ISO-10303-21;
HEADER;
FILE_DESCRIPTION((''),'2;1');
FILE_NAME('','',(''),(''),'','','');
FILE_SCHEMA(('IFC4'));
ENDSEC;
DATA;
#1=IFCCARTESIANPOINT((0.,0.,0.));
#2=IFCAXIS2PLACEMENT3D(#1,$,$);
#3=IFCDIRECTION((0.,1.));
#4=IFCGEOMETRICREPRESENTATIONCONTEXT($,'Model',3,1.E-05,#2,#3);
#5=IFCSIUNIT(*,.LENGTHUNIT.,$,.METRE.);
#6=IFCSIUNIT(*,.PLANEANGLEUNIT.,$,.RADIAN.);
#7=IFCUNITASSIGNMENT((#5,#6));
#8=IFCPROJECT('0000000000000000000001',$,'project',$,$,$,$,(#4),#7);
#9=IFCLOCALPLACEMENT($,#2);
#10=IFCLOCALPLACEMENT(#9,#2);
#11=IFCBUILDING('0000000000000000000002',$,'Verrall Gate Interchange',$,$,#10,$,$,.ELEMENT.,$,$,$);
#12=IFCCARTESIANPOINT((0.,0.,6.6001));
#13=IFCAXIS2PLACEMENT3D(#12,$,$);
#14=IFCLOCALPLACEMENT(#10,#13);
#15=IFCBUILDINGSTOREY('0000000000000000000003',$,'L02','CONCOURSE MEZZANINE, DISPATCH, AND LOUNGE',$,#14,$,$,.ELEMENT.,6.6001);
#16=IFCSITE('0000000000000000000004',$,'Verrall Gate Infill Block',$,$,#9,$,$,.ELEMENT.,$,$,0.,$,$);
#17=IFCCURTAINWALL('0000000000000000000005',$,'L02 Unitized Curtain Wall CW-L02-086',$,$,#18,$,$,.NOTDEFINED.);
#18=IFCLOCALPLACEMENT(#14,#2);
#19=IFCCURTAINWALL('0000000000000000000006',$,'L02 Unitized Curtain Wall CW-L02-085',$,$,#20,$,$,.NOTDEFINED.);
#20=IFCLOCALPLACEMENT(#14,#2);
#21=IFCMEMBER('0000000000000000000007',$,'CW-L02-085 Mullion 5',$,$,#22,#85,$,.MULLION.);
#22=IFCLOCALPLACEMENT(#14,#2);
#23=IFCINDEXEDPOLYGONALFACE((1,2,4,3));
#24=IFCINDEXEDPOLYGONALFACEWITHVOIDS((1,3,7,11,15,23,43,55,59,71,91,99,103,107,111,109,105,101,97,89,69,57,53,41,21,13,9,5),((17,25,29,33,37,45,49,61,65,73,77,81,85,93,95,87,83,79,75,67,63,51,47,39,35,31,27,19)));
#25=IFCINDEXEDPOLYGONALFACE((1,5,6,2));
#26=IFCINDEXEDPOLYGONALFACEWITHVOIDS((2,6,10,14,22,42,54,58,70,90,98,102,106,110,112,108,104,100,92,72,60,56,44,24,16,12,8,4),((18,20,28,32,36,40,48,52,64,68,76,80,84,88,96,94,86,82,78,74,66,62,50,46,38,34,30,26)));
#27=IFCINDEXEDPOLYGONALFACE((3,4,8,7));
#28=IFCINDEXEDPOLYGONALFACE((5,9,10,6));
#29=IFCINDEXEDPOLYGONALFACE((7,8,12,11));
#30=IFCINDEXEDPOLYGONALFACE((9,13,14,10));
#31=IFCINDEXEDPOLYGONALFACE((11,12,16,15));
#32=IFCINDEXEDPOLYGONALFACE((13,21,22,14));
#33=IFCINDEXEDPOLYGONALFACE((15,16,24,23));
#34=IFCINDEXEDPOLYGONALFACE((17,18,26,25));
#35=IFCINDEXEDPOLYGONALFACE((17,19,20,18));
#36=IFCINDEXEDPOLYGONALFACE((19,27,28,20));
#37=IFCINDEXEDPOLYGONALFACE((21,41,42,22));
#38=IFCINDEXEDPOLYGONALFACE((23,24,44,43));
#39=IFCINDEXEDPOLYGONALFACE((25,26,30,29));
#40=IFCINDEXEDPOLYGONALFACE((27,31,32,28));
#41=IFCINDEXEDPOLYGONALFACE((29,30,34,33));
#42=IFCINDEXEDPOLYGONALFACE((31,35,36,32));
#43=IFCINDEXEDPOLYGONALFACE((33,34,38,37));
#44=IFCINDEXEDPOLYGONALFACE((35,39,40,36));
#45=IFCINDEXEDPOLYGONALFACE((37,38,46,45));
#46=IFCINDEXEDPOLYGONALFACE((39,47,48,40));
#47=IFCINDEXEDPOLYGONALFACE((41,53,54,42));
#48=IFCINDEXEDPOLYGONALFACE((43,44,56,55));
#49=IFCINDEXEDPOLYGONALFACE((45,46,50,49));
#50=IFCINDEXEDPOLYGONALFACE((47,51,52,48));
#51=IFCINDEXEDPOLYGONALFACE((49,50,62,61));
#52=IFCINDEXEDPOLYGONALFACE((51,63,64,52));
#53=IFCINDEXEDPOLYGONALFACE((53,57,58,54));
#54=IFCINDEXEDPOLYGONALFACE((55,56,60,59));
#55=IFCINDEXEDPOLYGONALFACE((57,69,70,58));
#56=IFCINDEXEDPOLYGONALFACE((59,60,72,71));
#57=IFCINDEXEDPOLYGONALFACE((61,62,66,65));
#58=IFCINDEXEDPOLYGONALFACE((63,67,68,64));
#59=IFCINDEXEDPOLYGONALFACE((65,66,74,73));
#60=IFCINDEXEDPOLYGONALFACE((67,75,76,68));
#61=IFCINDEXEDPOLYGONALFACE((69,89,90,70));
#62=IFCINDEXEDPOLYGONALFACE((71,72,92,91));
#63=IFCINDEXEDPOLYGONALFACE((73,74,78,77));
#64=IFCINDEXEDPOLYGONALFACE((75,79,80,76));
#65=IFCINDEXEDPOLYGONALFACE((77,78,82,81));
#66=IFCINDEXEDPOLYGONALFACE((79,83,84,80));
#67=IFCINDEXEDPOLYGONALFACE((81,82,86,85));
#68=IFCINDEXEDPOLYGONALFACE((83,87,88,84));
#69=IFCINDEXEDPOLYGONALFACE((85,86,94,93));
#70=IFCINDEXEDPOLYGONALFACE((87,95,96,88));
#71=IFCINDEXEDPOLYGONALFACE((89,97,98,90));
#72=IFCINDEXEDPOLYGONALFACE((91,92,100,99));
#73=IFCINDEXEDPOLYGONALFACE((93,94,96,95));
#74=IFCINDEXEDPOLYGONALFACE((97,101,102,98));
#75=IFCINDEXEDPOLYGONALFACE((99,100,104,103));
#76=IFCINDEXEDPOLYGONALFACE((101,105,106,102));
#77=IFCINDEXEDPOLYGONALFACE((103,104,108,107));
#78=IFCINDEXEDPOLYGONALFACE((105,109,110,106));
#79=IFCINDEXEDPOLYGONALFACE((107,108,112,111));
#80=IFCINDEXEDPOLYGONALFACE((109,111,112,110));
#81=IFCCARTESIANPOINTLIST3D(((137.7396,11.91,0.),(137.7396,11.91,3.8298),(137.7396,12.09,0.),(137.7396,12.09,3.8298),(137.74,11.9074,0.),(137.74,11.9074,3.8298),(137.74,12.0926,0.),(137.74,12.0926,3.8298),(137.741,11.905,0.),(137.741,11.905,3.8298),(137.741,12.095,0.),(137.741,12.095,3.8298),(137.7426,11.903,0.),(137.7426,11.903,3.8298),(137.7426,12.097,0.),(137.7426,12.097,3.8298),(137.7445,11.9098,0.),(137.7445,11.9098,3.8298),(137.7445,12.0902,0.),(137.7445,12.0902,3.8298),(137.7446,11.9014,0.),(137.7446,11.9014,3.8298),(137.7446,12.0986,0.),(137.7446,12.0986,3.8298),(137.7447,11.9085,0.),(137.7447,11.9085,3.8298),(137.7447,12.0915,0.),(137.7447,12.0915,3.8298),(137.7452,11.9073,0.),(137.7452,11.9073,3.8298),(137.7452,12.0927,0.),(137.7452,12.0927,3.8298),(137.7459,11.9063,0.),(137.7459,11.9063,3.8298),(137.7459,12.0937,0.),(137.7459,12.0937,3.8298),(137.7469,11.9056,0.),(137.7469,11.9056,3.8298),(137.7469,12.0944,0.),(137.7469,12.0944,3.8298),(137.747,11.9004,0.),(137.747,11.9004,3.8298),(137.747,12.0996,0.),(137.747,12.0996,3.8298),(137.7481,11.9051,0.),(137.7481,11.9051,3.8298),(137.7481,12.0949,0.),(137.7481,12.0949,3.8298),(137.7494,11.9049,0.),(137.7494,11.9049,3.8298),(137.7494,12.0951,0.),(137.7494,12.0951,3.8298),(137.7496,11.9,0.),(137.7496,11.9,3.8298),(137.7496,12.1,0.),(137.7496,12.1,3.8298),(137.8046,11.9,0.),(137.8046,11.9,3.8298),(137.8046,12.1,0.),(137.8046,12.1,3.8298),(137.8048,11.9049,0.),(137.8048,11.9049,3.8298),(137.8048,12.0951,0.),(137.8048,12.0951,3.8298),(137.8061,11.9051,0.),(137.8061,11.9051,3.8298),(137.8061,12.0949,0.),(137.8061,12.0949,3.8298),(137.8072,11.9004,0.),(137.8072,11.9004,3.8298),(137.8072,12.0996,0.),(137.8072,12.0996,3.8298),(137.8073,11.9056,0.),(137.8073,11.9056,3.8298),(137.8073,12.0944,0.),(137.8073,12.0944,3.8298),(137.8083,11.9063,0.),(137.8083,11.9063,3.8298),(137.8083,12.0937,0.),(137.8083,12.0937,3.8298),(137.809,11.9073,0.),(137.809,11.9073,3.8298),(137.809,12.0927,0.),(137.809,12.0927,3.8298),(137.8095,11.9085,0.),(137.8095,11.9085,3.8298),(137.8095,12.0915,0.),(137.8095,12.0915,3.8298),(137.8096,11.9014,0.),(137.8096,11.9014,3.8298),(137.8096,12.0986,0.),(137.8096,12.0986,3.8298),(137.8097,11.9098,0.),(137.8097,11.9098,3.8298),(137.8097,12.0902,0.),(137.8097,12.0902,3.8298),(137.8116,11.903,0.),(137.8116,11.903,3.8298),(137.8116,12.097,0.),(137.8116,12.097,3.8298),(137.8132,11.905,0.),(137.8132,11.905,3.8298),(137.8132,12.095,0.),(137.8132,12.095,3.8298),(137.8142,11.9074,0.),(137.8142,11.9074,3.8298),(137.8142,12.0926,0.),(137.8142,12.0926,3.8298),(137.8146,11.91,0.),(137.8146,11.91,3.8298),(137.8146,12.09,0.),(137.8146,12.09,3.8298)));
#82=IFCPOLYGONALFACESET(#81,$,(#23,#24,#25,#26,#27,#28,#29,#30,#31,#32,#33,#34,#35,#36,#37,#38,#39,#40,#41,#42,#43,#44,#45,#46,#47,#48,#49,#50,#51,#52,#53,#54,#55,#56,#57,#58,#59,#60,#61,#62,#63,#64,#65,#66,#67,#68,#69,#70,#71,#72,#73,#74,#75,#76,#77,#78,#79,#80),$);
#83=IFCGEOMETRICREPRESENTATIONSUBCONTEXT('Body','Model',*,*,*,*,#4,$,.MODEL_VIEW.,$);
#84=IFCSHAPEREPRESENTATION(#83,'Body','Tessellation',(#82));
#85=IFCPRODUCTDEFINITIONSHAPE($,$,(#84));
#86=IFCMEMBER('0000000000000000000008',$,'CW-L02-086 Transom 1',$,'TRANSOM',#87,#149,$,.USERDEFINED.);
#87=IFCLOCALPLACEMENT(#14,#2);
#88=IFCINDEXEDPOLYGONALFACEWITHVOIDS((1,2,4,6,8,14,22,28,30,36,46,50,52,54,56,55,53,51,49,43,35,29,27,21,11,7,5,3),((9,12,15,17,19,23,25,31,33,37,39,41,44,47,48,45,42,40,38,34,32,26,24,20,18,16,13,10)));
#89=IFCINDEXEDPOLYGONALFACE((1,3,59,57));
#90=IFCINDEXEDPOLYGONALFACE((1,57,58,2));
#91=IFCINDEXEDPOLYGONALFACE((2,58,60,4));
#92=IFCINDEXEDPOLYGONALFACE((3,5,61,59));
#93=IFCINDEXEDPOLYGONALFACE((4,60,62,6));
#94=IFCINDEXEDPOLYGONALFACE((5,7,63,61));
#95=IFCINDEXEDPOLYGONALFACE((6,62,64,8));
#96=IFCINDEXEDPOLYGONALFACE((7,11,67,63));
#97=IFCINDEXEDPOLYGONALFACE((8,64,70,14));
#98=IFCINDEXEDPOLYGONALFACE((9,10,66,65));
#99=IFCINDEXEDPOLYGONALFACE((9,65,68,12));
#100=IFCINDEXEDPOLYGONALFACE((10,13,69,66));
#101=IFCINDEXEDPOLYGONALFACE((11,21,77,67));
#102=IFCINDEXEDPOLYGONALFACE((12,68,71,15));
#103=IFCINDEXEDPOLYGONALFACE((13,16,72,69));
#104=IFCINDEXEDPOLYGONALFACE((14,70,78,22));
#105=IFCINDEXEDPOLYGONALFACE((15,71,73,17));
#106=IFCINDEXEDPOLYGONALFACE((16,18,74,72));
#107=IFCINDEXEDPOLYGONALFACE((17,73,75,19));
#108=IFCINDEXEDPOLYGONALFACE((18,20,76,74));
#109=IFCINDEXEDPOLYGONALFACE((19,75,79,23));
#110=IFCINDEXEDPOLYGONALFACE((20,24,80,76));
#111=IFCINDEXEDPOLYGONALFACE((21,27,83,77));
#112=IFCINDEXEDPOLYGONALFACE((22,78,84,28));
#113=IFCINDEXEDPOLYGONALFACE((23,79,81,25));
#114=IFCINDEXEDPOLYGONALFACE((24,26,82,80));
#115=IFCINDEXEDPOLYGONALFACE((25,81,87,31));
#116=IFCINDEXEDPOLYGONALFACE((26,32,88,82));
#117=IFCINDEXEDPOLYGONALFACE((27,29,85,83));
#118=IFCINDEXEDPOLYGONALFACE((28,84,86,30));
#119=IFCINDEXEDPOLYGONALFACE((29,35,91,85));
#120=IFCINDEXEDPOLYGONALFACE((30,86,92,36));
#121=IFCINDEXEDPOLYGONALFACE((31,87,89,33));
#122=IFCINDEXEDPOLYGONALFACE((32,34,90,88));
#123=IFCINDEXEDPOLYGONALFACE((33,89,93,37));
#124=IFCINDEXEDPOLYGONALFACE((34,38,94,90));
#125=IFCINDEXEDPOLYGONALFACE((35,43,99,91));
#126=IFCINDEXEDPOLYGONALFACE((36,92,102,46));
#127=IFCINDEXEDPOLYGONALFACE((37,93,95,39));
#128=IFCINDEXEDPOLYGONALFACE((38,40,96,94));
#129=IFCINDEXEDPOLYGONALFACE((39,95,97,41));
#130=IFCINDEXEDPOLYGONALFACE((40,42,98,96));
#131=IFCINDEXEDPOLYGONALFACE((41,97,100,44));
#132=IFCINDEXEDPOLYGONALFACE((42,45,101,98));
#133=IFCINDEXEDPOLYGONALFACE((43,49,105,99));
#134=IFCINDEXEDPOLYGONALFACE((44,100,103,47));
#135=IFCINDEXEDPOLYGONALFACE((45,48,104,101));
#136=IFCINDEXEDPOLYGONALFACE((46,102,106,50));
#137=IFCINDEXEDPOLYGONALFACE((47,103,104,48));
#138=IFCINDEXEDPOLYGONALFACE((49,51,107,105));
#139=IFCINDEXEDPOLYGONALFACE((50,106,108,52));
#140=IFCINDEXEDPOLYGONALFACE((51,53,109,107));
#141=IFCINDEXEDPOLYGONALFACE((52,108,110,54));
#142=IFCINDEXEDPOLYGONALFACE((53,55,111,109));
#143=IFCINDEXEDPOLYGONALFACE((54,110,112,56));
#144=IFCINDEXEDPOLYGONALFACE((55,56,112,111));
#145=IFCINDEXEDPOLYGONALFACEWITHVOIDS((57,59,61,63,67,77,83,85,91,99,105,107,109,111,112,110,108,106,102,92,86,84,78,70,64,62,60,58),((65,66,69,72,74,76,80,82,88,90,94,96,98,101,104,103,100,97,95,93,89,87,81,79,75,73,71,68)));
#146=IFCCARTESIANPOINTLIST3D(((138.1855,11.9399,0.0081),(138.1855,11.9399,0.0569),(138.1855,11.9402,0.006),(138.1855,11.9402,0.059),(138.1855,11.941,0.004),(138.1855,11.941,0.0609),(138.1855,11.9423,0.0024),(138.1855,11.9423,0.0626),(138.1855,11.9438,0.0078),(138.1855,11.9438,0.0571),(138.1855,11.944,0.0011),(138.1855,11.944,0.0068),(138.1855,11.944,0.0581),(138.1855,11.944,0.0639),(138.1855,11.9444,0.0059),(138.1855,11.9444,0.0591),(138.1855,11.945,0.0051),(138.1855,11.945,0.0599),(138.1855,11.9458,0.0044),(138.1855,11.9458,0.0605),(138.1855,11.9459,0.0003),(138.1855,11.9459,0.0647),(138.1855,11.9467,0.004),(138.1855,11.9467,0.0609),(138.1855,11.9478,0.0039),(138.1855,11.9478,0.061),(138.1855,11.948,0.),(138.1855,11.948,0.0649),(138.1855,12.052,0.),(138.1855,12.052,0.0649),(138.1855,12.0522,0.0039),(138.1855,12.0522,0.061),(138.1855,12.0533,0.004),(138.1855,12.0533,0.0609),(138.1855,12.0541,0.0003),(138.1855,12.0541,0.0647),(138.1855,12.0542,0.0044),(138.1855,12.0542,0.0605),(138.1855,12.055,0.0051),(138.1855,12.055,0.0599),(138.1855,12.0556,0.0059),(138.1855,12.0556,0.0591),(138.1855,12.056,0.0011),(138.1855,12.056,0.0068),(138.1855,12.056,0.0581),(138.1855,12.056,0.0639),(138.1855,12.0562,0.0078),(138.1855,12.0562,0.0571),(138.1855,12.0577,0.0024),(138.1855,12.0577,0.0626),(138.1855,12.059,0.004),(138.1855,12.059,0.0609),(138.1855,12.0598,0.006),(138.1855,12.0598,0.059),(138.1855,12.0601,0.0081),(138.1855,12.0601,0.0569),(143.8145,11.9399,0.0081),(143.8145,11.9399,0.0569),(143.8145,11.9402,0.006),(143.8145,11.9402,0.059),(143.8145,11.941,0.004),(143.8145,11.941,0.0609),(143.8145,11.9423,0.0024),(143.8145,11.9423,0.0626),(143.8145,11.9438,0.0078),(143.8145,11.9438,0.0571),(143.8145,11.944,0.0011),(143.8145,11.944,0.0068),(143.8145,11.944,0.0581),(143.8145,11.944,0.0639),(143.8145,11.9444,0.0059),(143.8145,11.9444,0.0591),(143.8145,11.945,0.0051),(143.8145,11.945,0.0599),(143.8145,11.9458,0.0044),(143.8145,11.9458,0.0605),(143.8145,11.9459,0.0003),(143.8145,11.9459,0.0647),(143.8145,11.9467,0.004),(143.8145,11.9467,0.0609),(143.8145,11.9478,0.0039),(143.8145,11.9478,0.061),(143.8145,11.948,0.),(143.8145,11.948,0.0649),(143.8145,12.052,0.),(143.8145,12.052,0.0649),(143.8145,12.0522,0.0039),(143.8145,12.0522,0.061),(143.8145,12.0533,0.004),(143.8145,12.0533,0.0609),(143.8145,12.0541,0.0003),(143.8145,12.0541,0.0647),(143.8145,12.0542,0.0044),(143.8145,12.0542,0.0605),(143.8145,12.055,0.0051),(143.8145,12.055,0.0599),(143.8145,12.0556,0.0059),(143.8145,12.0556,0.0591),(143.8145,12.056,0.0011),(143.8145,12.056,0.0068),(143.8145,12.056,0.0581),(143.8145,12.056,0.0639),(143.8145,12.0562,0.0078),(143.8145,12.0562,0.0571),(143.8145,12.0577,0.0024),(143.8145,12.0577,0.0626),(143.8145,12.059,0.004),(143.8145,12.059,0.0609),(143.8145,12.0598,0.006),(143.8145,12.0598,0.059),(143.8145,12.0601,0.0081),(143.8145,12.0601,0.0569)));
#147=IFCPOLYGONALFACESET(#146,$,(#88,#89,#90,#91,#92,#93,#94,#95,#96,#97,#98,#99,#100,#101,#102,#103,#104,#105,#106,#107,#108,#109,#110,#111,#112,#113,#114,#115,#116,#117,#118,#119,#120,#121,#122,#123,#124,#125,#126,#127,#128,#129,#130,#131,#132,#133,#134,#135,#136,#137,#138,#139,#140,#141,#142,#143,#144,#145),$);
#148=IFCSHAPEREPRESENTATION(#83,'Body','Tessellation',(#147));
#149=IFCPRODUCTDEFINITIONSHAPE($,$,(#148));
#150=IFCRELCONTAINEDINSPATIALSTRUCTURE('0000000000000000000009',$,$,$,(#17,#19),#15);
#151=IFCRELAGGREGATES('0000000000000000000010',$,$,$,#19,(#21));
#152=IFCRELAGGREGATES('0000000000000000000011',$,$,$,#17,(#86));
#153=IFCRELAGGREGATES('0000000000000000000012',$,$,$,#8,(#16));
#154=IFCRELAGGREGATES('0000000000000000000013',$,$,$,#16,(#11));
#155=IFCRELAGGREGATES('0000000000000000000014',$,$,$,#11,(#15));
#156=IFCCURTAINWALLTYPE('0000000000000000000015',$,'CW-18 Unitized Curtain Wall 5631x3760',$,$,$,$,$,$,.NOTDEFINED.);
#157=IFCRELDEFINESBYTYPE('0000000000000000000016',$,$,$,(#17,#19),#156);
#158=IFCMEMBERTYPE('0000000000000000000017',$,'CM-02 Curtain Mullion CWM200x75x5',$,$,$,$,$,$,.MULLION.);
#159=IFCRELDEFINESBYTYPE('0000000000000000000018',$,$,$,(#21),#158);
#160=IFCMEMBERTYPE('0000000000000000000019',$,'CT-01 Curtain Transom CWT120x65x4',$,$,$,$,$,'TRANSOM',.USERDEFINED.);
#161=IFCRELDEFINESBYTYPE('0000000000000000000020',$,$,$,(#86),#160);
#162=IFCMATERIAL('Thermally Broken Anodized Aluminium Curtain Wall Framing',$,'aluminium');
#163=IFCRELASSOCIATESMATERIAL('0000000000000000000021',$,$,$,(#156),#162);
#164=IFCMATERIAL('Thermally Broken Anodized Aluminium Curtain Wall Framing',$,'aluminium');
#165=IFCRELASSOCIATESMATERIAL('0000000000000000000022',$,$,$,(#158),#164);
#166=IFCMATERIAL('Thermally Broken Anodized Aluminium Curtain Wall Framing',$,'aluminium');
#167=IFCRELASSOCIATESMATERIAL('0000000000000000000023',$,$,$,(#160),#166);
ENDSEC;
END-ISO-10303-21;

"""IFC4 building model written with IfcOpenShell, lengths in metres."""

from ifc_helpers import new_model, si_unit, direction, frame, origin, origin_2d, place, context, subcontext, project, spatial, hollow_rectangle, extrude, material, material_profile, profile_set, type_object, element, aggregate, save


model = new_model("IFC4")

# Units and contexts
model_context = context("Model", 3, precision=1e-05, world=origin(), true_north=direction((0.0, 1.0)))
body_context = subcontext(model_context, "Body", "Model", "MODEL_VIEW")
ifc_project = project(units=[si_unit("LENGTHUNIT", "METRE"), si_unit("PLANEANGLEUNIT", "RADIAN")], contexts=[model_context])

# Site, building, storey
site_placement = place(None, origin())
site = spatial("IfcSite", under=ifc_project, at=site_placement, Name="Verrall Gate Infill Block", CompositionType="ELEMENT", RefElevation=0.0)
building_placement = place(site_placement, origin())
building = spatial("IfcBuilding", under=site, at=building_placement, Name="Verrall Gate Interchange", CompositionType="ELEMENT")
storey_placement = place(building_placement, frame((0.0, 0.0, 6.6001)))
storey = spatial("IfcBuildingStorey", under=building, at=storey_placement, Name="L02", Description="CONCOURSE MEZZANINE, DISPATCH, AND LOUNGE", CompositionType="ELEMENT", Elevation=6.6001)

# Curtain walls, member
ifc_material_1 = material(Name="Thermally Broken Anodized Aluminium Curtain Wall Framing", Category="aluminium")
curtain_wall_type = type_object("IfcCurtainWallType", Name="CW-18 Unitized Curtain Wall 5631x3760", PredefinedType="NOTDEFINED", material=ifc_material_1)
curtain_wall_1_placement = place(storey_placement, origin())
curtain_wall_1 = element("IfcCurtainWall", 1, at=curtain_wall_1_placement, inside=storey, type_object=curtain_wall_type, Name="L02 Unitized Curtain Wall CW-L02-086", PredefinedType="NOTDEFINED")
curtain_wall_2_placement = place(storey_placement, origin())
curtain_wall_2 = element("IfcCurtainWall", 2, at=curtain_wall_2_placement, inside=storey, type_object=curtain_wall_type, Name="L02 Unitized Curtain Wall CW-L02-085", PredefinedType="NOTDEFINED")
ifc_material_2 = material(Name="Thermally Broken Anodized Aluminium Curtain Wall Framing", Category="aluminium")
ifc_material_profile_1 = material_profile(ifc_material_2, hollow_rectangle(XDim=0.075, YDim=0.2, WallThickness=0.0049, InnerFilletRadius=0.0049, OuterFilletRadius=0.01, at=origin_2d()), Name="CWM200x75x5")
ifc_profile_set_1 = profile_set([ifc_material_profile_1], Name="Thermally Broken Anodized Aluminium Curtain Wall Framing")
member_type_1 = type_object("IfcMemberType", Name="CM-02 Curtain Mullion CWM200x75x5", PredefinedType="MULLION", material=ifc_profile_set_1)
member_1_placement = place(storey_placement, frame((137.7771, 12.0, 0.0), z_axis=(0.0, 0.0, 1.0), x_axis=(1.0, 0.0, 0.0)))
member_1 = element("IfcMember", 3, at=member_1_placement, type_object=member_type_1, Name="CW-L02-085 Mullion 5", PredefinedType="MULLION", context=body_context, shape_type="SweptSolid", body=[
    extrude(hollow_rectangle(XDim=0.075, YDim=0.2, WallThickness=0.0049, InnerFilletRadius=0.0049, OuterFilletRadius=0.01, at=origin_2d()), origin(), (0.0, 0.0, 1.0), 3.8298),
])

# Member
ifc_material_3 = material(Name="Thermally Broken Anodized Aluminium Curtain Wall Framing", Category="aluminium")
ifc_material_profile_2 = material_profile(ifc_material_3, hollow_rectangle(XDim=0.1201, YDim=0.0649, WallThickness=0.0039, InnerFilletRadius=0.0039, OuterFilletRadius=0.0081, at=origin_2d()), Name="CWT120x65x4")
ifc_profile_set_2 = profile_set([ifc_material_profile_2], Name="Thermally Broken Anodized Aluminium Curtain Wall Framing")
member_type_2 = type_object("IfcMemberType", Name="CT-01 Curtain Transom CWT120x65x4", ElementType="TRANSOM", PredefinedType="USERDEFINED", material=ifc_profile_set_2)
member_2_placement = place(storey_placement, frame((138.1855, 12.0, 0.0325), z_axis=(1.0, 0.0, 0.0), x_axis=(0.0, 1.0, 0.0)))
member_2 = element("IfcMember", 4, at=member_2_placement, type_object=member_type_2, Name="CW-L02-086 Transom 1", ObjectType="TRANSOM", PredefinedType="USERDEFINED", context=body_context, shape_type="SweptSolid", body=[
    extrude(hollow_rectangle(XDim=0.1201, YDim=0.0649, WallThickness=0.0039, InnerFilletRadius=0.0039, OuterFilletRadius=0.0081, at=origin_2d()), origin(), (0.0, 0.0, 1.0), 5.6289),
])

aggregate(curtain_wall_2, [member_1])
aggregate(curtain_wall_1, [member_2])

save(model, "model.ifc")
